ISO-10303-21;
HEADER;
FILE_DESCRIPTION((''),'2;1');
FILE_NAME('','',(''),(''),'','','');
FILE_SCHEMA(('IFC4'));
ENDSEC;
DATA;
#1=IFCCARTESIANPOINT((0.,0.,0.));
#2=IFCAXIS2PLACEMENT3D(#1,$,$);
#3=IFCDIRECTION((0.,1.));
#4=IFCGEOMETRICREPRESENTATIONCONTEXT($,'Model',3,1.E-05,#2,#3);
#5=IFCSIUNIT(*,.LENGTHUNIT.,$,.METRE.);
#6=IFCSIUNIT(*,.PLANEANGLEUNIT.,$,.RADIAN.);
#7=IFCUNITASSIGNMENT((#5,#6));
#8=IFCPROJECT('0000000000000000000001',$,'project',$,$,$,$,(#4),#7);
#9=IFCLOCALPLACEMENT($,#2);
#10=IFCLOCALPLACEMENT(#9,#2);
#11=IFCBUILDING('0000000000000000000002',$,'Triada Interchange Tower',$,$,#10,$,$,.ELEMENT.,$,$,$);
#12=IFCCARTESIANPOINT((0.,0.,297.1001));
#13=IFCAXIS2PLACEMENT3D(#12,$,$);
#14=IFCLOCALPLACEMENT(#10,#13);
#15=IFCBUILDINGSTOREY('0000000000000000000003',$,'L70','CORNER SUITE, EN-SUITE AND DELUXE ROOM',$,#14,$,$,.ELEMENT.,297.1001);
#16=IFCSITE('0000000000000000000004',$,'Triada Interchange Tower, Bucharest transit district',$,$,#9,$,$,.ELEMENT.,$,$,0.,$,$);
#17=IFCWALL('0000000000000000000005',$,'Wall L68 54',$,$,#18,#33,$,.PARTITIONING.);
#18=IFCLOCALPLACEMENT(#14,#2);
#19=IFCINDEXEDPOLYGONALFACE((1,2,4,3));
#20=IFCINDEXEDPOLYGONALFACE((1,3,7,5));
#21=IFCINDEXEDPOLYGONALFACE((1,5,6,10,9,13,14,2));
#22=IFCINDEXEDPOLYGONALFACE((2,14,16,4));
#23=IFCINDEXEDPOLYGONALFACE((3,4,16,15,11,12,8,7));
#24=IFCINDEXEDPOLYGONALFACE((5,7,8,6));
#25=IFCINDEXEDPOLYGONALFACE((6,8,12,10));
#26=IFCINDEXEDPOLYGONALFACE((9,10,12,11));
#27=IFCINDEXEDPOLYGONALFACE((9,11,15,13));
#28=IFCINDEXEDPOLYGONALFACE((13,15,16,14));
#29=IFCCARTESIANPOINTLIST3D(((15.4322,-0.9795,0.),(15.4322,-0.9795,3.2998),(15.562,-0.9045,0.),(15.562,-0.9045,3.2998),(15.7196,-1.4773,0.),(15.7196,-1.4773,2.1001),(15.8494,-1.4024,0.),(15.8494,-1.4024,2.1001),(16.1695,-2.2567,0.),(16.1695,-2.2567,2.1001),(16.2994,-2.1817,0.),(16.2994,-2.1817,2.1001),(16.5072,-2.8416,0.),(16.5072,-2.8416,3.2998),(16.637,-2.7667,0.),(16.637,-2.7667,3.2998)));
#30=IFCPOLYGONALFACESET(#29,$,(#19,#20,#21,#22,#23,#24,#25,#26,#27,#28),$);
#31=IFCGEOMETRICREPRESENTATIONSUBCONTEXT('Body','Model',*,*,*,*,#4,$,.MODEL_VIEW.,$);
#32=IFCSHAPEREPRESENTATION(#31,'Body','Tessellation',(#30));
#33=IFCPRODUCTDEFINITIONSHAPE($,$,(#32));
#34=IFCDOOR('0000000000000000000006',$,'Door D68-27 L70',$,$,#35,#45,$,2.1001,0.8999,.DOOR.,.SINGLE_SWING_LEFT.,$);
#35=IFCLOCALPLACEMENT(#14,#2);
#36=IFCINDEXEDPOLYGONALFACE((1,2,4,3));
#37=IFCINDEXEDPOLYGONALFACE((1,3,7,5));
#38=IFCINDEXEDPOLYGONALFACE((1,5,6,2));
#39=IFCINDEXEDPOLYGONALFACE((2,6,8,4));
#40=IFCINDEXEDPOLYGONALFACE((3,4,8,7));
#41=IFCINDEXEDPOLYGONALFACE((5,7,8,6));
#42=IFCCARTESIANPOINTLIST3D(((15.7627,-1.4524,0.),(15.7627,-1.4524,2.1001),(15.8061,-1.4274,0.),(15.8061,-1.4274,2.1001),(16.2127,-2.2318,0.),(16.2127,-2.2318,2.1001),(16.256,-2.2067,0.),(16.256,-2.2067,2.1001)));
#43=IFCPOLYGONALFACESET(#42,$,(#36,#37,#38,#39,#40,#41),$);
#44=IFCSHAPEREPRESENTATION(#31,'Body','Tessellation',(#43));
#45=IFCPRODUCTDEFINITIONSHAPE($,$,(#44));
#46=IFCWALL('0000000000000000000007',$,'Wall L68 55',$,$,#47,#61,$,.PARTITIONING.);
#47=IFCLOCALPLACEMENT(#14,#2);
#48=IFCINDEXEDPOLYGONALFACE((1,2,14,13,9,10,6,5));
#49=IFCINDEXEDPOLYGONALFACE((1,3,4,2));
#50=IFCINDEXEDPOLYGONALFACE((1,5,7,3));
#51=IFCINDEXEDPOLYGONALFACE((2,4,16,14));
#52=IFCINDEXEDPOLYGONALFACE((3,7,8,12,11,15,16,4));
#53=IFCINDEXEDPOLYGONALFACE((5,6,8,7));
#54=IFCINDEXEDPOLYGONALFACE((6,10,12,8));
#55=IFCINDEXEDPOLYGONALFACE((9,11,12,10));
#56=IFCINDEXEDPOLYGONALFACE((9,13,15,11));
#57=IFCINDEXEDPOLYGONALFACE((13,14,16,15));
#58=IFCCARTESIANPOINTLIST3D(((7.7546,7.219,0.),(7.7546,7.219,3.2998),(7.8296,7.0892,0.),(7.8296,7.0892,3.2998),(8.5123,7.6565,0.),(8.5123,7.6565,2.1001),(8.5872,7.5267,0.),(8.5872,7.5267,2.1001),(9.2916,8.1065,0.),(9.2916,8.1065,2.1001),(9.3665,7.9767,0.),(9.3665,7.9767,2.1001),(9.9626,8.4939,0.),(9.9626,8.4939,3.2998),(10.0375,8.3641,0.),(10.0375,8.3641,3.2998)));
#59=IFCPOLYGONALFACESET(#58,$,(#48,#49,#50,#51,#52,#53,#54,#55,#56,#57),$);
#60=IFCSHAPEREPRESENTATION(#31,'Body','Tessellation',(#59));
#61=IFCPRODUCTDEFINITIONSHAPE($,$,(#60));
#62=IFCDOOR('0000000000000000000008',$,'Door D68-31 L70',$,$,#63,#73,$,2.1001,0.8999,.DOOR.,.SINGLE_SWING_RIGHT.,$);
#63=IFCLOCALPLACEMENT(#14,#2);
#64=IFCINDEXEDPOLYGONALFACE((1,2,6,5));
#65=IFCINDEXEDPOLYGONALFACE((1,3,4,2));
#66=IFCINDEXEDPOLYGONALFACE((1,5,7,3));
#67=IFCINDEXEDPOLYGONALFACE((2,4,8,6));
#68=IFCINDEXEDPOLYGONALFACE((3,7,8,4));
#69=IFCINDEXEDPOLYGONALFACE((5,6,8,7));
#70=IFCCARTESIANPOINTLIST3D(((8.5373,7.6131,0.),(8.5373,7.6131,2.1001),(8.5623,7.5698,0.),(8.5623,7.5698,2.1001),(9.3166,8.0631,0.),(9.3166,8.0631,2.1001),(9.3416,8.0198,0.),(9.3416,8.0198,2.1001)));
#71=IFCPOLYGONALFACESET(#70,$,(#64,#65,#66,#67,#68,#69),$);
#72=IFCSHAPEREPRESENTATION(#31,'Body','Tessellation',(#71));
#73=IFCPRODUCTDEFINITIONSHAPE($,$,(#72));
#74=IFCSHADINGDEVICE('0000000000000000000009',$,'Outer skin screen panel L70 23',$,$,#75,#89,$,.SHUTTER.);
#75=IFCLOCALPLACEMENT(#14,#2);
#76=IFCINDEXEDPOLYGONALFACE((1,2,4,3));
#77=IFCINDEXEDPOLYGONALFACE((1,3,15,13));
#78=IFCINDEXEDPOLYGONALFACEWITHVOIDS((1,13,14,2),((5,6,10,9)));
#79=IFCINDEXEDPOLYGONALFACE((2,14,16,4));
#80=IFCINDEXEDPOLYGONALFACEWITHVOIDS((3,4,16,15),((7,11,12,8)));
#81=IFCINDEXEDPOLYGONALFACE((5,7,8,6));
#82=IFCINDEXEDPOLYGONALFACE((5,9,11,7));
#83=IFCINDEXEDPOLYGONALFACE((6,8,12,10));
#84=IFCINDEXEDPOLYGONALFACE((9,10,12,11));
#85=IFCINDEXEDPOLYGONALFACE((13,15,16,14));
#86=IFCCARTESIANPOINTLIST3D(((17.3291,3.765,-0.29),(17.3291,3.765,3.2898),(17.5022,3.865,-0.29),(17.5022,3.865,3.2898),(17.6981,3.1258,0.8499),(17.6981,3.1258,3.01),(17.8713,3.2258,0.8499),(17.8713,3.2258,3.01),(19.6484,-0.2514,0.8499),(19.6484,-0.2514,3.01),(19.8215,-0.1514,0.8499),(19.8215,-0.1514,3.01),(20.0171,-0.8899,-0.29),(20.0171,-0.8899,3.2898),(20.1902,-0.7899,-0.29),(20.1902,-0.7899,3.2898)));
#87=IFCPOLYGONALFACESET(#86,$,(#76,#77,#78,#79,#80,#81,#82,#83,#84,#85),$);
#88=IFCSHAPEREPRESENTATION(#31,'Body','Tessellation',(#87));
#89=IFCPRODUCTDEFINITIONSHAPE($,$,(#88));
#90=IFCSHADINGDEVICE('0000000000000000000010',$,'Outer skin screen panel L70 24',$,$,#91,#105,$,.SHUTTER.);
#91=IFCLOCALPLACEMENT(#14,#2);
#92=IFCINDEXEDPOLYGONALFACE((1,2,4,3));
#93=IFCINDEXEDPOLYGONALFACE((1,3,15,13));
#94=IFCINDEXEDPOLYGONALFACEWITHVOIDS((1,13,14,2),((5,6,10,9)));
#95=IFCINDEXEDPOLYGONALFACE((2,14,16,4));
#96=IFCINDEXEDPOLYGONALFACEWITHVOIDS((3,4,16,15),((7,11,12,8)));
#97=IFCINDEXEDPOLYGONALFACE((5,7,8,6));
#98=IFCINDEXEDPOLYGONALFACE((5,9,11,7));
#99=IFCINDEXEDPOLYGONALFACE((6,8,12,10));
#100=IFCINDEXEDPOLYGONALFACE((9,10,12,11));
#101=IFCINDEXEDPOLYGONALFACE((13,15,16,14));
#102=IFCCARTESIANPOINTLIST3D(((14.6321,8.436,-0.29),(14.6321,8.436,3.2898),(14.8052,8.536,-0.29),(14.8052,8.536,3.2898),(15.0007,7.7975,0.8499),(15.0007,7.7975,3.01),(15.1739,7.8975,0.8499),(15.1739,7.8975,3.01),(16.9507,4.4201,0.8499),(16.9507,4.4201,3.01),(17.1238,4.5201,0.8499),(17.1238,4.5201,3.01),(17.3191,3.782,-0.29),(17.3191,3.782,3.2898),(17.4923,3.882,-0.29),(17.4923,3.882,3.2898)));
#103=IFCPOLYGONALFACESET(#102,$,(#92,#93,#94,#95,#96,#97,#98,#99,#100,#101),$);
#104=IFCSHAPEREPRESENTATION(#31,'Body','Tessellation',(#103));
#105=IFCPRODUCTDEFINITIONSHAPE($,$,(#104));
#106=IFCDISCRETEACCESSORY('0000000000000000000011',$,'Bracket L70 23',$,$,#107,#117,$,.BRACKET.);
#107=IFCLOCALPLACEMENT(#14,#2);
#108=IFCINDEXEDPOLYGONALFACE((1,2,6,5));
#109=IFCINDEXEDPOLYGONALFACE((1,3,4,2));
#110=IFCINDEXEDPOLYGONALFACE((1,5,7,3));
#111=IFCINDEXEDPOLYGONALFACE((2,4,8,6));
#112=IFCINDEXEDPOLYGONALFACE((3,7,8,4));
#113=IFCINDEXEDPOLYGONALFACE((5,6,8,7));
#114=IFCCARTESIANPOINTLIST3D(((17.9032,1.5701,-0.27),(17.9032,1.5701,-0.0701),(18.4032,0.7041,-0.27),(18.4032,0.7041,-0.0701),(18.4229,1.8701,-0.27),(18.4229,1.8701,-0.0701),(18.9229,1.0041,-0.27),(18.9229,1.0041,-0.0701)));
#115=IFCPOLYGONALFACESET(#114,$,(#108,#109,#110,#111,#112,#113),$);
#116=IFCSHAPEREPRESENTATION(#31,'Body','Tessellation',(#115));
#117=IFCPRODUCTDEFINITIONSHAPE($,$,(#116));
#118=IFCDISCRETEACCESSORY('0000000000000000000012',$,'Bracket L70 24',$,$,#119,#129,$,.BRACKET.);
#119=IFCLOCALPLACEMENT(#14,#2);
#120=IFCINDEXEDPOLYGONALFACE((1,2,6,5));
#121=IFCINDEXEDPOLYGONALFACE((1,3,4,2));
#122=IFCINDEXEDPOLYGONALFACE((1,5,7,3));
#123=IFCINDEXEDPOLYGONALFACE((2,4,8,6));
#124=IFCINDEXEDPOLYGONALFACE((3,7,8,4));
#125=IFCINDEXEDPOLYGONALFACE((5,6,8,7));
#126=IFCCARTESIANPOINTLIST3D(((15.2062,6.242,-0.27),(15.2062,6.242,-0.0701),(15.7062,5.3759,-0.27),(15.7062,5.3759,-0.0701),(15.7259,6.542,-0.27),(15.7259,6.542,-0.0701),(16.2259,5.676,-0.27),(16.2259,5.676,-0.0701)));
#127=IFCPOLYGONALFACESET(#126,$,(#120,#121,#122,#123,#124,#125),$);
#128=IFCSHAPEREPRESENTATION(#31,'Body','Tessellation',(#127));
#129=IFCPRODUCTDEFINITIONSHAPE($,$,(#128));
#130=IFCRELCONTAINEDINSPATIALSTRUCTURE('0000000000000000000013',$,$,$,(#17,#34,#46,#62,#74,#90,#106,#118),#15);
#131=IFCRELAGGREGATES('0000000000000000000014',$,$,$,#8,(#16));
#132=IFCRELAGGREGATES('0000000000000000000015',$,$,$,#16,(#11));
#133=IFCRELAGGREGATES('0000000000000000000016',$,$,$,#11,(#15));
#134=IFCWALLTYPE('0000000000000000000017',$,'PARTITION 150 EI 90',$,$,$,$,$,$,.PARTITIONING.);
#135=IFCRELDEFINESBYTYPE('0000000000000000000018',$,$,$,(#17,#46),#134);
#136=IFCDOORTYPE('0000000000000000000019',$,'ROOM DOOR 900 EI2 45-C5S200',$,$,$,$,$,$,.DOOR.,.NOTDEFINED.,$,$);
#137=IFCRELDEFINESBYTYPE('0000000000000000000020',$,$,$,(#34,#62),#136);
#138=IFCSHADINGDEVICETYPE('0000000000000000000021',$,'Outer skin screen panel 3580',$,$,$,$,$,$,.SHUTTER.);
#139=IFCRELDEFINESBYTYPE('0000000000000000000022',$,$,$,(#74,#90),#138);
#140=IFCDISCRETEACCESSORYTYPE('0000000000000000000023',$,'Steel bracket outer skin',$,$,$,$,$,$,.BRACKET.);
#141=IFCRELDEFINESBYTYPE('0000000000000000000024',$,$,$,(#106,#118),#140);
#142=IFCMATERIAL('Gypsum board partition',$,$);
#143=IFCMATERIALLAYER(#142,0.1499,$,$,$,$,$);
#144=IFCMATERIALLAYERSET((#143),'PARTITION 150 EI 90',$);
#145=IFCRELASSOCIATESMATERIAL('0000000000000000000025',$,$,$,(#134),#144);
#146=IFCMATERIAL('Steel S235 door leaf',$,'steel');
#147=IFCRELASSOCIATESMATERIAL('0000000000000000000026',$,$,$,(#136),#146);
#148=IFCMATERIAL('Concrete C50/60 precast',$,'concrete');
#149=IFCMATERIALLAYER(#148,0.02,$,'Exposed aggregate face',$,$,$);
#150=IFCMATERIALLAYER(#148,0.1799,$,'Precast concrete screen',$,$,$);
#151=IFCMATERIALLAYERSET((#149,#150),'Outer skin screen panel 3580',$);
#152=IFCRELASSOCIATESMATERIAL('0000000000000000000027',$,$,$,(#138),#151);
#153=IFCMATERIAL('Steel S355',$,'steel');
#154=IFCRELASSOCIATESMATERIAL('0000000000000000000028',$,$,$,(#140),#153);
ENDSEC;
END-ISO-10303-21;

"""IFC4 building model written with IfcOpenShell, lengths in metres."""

from ifc_helpers import new_model, si_unit, direction, frame, frame_2d, origin, origin_2d, place, context, subcontext, project, spatial, polyline, rectangle, outline, extrude, material, layer, layer_set, type_object, element, fill, save


model = new_model("IFC4")

# Units and contexts
model_context = context("Model", 3, precision=1e-05, world=origin(), true_north=direction((0.0, 1.0)))
body_context = subcontext(model_context, "Body", "Model", "MODEL_VIEW")
ifc_project = project(units=[si_unit("LENGTHUNIT", "METRE"), si_unit("PLANEANGLEUNIT", "RADIAN")], contexts=[model_context])

# Site, building, storey
site_placement = place(None, origin())
site = spatial("IfcSite", under=ifc_project, at=site_placement, Name="Triada Interchange Tower, Bucharest transit district", CompositionType="ELEMENT", RefElevation=0.0)
building_placement = place(site_placement, origin())
building = spatial("IfcBuilding", under=site, at=building_placement, Name="Triada Interchange Tower", CompositionType="ELEMENT")
storey_placement = place(building_placement, frame((0.0, 0.0, 297.1001)))
storey = spatial("IfcBuildingStorey", under=building, at=storey_placement, Name="L70", Description="CORNER SUITE, EN-SUITE AND DELUXE ROOM", CompositionType="ELEMENT", Elevation=297.1001)

# Shared definitions
ifc_material_1 = material(Name="Gypsum board partition")

# Walls, openings, doors
ifc_layer_1 = layer(ifc_material_1, 0.1499)
ifc_layer_set_1 = layer_set([ifc_layer_1], Name="PARTITION 150 EI 90")
wall_type_1 = type_object("IfcWallType", Name="PARTITION 150 EI 90", PredefinedType="PARTITIONING", material=ifc_layer_set_1)
wall_1_placement = place(storey_placement, frame((15.4971, -0.9419, 0.0), z_axis=(0.0, 0.0, 1.0), x_axis=(0.499962, -0.866048, 0.0)))
wall_1 = element("IfcWall", 1, at=wall_1_placement, inside=storey, type_object=wall_type_1, Name="Wall L68 54", PredefinedType="PARTITIONING", context=body_context, shape_type="SweptSolid", body=[
    extrude(rectangle(XDim=2.1501, YDim=0.1499, at=frame_2d((1.0752, 0.0))), origin(), (0.0, 0.0, 1.0), 3.2998),
])
opening_1_placement = place(wall_1_placement, frame((0.575, 0.0, 0.0)))
opening_1 = element("IfcOpeningElement", 2, at=opening_1_placement, cuts=wall_1, PredefinedType="OPENING", context=body_context, shape_type="SweptSolid", body=[
    extrude(rectangle(XDim=0.8999, YDim=2.1001, at=frame_2d((0.45, 1.05))), frame((0.0, 0.085, 0.0), z_axis=(0.0, -1.0, 0.0), x_axis=(1.0, 0.0, 0.0)), (0.0, 0.0, 1.0), 0.1699),
])
ifc_material_2 = material(Name="Steel S235 door leaf", Category="steel")
door_type = type_object("IfcDoorType", Name="ROOM DOOR 900 EI2 45-C5S200", OperationType="NOTDEFINED", PredefinedType="DOOR", material=ifc_material_2)
door_1_placement = place(opening_1_placement, origin())
door_1 = element("IfcDoor", 3, at=door_1_placement, inside=storey, type_object=door_type, Name="Door D68-27 L70", OperationType="SINGLE_SWING_LEFT", OverallHeight=2.1001, OverallWidth=0.8999, PredefinedType="DOOR", context=body_context, shape_type="SweptSolid", body=[
    extrude(rectangle(XDim=0.8999, YDim=2.1001, at=frame_2d((0.45, 1.05))), frame((0.0, 0.0249, 0.0), z_axis=(0.0, -1.0, 0.0), x_axis=(1.0, 0.0, 0.0)), (0.0, 0.0, 1.0), 0.05),
])
fill(opening_1, door_1)
wall_2_placement = place(storey_placement, frame((7.792, 7.1541, 0.0), z_axis=(0.0, 0.0, 1.0), x_axis=(0.866007, 0.500032, 0.0)))
wall_2 = element("IfcWall", 4, at=wall_2_placement, inside=storey, type_object=wall_type_1, Name="Wall L68 55", PredefinedType="PARTITIONING", context=body_context, shape_type="SweptSolid", body=[
    extrude(rectangle(XDim=2.5496, YDim=0.1499, at=frame_2d((1.2749, 0.0))), origin(), (0.0, 0.0, 1.0), 3.2998),
])
opening_2_placement = place(wall_2_placement, frame((0.875, 0.0, 0.0)))
opening_2 = element("IfcOpeningElement", 5, at=opening_2_placement, cuts=wall_2, PredefinedType="OPENING", context=body_context, shape_type="SweptSolid", body=[
    extrude(rectangle(XDim=0.8999, YDim=2.1001, at=frame_2d((0.45, 1.05))), frame((0.0, 0.085, 0.0), z_axis=(0.0, -1.0, 0.0), x_axis=(1.0, 0.0, 0.0)), (0.0, 0.0, 1.0), 0.1699),
])
door_2_placement = place(opening_2_placement, origin())
door_2 = element("IfcDoor", 6, at=door_2_placement, inside=storey, type_object=door_type, Name="Door D68-31 L70", OperationType="SINGLE_SWING_RIGHT", OverallHeight=2.1001, OverallWidth=0.8999, PredefinedType="DOOR", context=body_context, shape_type="SweptSolid", body=[
    extrude(rectangle(XDim=0.8999, YDim=2.1001, at=frame_2d((0.45, 1.05))), frame((0.0, 0.0249, 0.0), z_axis=(0.0, -1.0, 0.0), x_axis=(1.0, 0.0, 0.0)), (0.0, 0.0, 1.0), 0.05),
])
fill(opening_2, door_2)

# Shading devices
ifc_material_3 = material(Name="Concrete C50/60 precast", Category="concrete")
ifc_layer_2 = layer(ifc_material_3, 0.02, Name="Exposed aggregate face")
ifc_layer_3 = layer(ifc_material_3, 0.1799, Name="Precast concrete screen")
ifc_layer_set_2 = layer_set([ifc_layer_2, ifc_layer_3], Name="Outer skin screen panel 3580")
shading_device_type = type_object("IfcShadingDeviceType", Name="Outer skin screen panel 3580", PredefinedType="SHUTTER", material=ifc_layer_set_2)
shading_device_1_placement = place(storey_placement, frame((20.0171, -0.8899, -0.29), z_axis=(0.0, 0.0, 1.0), x_axis=(-0.500076, 0.865981, 0.0)))
element("IfcShadingDevice", 7, at=shading_device_1_placement, inside=storey, type_object=shading_device_type, Name="Outer skin screen panel L70 23", PredefinedType="SHUTTER", context=body_context, shape_type="SweptSolid", body=[
    extrude(outline(polyline([(0.0, 0.0), (5.3752, 0.0), (5.3752, 3.5798), (0.0, 3.5798), (0.0, 0.0)]), holes=[polyline([(0.7373, 1.1399), (0.7373, 3.3), (4.6372, 3.3), (4.6372, 1.1399), (0.7373, 1.1399)])]), frame((0.0, 0.0, 0.0), z_axis=(0.0, -1.0, 0.0), x_axis=(1.0, 0.0, 0.0)), (0.0, 0.0, 1.0), 0.2),
])
shading_device_2_placement = place(storey_placement, frame((17.3191, 3.782, -0.29), z_axis=(0.0, 0.0, 1.0), x_axis=(-0.499999, 0.866026, 0.0)))
element("IfcShadingDevice", 8, at=shading_device_2_placement, inside=storey, type_object=shading_device_type, Name="Outer skin screen panel L70 24", PredefinedType="SHUTTER", context=body_context, shape_type="SweptSolid", body=[
    extrude(outline(polyline([(0.0, 0.0), (5.374, 0.0), (5.374, 3.5798), (0.0, 3.5798), (0.0, 0.0)]), holes=[polyline([(0.7368, 1.1399), (0.7368, 3.3), (4.6367, 3.3), (4.6367, 1.1399), (0.7368, 1.1399)])]), frame((0.0, 0.0, 0.0), z_axis=(0.0, -1.0, 0.0), x_axis=(1.0, 0.0, 0.0)), (0.0, 0.0, 1.0), 0.2),
])

# Discrete accessories
ifc_material_4 = material(Name="Steel S355", Category="steel")
discrete_accessory_type = type_object("IfcDiscreteAccessoryType", Name="Steel bracket outer skin", PredefinedType="BRACKET", material=ifc_material_4)
for number, where, z_axis, x_axis, name in (
    (9, (18.4131, 1.2871, -0.27), (0.0, 0.0, 1.0), (0.866023, 0.500004, 0.0), "Bracket L70 23"),
    (10, (15.7161, 5.959, -0.27), (0.0, 0.0, 1.0), (0.866023, 0.500004, 0.0), "Bracket L70 24"),
):
    element("IfcDiscreteAccessory", number, at=place(storey_placement, frame(where, z_axis=z_axis, x_axis=x_axis)), inside=storey, type_object=discrete_accessory_type, Name=name, PredefinedType="BRACKET", context=body_context, shape_type="SweptSolid", body=[
        extrude(rectangle(XDim=0.6001, YDim=1.0, at=origin_2d()), origin(), (0.0, 0.0, 1.0), 0.2),
    ])

save(model, "model.ifc")
